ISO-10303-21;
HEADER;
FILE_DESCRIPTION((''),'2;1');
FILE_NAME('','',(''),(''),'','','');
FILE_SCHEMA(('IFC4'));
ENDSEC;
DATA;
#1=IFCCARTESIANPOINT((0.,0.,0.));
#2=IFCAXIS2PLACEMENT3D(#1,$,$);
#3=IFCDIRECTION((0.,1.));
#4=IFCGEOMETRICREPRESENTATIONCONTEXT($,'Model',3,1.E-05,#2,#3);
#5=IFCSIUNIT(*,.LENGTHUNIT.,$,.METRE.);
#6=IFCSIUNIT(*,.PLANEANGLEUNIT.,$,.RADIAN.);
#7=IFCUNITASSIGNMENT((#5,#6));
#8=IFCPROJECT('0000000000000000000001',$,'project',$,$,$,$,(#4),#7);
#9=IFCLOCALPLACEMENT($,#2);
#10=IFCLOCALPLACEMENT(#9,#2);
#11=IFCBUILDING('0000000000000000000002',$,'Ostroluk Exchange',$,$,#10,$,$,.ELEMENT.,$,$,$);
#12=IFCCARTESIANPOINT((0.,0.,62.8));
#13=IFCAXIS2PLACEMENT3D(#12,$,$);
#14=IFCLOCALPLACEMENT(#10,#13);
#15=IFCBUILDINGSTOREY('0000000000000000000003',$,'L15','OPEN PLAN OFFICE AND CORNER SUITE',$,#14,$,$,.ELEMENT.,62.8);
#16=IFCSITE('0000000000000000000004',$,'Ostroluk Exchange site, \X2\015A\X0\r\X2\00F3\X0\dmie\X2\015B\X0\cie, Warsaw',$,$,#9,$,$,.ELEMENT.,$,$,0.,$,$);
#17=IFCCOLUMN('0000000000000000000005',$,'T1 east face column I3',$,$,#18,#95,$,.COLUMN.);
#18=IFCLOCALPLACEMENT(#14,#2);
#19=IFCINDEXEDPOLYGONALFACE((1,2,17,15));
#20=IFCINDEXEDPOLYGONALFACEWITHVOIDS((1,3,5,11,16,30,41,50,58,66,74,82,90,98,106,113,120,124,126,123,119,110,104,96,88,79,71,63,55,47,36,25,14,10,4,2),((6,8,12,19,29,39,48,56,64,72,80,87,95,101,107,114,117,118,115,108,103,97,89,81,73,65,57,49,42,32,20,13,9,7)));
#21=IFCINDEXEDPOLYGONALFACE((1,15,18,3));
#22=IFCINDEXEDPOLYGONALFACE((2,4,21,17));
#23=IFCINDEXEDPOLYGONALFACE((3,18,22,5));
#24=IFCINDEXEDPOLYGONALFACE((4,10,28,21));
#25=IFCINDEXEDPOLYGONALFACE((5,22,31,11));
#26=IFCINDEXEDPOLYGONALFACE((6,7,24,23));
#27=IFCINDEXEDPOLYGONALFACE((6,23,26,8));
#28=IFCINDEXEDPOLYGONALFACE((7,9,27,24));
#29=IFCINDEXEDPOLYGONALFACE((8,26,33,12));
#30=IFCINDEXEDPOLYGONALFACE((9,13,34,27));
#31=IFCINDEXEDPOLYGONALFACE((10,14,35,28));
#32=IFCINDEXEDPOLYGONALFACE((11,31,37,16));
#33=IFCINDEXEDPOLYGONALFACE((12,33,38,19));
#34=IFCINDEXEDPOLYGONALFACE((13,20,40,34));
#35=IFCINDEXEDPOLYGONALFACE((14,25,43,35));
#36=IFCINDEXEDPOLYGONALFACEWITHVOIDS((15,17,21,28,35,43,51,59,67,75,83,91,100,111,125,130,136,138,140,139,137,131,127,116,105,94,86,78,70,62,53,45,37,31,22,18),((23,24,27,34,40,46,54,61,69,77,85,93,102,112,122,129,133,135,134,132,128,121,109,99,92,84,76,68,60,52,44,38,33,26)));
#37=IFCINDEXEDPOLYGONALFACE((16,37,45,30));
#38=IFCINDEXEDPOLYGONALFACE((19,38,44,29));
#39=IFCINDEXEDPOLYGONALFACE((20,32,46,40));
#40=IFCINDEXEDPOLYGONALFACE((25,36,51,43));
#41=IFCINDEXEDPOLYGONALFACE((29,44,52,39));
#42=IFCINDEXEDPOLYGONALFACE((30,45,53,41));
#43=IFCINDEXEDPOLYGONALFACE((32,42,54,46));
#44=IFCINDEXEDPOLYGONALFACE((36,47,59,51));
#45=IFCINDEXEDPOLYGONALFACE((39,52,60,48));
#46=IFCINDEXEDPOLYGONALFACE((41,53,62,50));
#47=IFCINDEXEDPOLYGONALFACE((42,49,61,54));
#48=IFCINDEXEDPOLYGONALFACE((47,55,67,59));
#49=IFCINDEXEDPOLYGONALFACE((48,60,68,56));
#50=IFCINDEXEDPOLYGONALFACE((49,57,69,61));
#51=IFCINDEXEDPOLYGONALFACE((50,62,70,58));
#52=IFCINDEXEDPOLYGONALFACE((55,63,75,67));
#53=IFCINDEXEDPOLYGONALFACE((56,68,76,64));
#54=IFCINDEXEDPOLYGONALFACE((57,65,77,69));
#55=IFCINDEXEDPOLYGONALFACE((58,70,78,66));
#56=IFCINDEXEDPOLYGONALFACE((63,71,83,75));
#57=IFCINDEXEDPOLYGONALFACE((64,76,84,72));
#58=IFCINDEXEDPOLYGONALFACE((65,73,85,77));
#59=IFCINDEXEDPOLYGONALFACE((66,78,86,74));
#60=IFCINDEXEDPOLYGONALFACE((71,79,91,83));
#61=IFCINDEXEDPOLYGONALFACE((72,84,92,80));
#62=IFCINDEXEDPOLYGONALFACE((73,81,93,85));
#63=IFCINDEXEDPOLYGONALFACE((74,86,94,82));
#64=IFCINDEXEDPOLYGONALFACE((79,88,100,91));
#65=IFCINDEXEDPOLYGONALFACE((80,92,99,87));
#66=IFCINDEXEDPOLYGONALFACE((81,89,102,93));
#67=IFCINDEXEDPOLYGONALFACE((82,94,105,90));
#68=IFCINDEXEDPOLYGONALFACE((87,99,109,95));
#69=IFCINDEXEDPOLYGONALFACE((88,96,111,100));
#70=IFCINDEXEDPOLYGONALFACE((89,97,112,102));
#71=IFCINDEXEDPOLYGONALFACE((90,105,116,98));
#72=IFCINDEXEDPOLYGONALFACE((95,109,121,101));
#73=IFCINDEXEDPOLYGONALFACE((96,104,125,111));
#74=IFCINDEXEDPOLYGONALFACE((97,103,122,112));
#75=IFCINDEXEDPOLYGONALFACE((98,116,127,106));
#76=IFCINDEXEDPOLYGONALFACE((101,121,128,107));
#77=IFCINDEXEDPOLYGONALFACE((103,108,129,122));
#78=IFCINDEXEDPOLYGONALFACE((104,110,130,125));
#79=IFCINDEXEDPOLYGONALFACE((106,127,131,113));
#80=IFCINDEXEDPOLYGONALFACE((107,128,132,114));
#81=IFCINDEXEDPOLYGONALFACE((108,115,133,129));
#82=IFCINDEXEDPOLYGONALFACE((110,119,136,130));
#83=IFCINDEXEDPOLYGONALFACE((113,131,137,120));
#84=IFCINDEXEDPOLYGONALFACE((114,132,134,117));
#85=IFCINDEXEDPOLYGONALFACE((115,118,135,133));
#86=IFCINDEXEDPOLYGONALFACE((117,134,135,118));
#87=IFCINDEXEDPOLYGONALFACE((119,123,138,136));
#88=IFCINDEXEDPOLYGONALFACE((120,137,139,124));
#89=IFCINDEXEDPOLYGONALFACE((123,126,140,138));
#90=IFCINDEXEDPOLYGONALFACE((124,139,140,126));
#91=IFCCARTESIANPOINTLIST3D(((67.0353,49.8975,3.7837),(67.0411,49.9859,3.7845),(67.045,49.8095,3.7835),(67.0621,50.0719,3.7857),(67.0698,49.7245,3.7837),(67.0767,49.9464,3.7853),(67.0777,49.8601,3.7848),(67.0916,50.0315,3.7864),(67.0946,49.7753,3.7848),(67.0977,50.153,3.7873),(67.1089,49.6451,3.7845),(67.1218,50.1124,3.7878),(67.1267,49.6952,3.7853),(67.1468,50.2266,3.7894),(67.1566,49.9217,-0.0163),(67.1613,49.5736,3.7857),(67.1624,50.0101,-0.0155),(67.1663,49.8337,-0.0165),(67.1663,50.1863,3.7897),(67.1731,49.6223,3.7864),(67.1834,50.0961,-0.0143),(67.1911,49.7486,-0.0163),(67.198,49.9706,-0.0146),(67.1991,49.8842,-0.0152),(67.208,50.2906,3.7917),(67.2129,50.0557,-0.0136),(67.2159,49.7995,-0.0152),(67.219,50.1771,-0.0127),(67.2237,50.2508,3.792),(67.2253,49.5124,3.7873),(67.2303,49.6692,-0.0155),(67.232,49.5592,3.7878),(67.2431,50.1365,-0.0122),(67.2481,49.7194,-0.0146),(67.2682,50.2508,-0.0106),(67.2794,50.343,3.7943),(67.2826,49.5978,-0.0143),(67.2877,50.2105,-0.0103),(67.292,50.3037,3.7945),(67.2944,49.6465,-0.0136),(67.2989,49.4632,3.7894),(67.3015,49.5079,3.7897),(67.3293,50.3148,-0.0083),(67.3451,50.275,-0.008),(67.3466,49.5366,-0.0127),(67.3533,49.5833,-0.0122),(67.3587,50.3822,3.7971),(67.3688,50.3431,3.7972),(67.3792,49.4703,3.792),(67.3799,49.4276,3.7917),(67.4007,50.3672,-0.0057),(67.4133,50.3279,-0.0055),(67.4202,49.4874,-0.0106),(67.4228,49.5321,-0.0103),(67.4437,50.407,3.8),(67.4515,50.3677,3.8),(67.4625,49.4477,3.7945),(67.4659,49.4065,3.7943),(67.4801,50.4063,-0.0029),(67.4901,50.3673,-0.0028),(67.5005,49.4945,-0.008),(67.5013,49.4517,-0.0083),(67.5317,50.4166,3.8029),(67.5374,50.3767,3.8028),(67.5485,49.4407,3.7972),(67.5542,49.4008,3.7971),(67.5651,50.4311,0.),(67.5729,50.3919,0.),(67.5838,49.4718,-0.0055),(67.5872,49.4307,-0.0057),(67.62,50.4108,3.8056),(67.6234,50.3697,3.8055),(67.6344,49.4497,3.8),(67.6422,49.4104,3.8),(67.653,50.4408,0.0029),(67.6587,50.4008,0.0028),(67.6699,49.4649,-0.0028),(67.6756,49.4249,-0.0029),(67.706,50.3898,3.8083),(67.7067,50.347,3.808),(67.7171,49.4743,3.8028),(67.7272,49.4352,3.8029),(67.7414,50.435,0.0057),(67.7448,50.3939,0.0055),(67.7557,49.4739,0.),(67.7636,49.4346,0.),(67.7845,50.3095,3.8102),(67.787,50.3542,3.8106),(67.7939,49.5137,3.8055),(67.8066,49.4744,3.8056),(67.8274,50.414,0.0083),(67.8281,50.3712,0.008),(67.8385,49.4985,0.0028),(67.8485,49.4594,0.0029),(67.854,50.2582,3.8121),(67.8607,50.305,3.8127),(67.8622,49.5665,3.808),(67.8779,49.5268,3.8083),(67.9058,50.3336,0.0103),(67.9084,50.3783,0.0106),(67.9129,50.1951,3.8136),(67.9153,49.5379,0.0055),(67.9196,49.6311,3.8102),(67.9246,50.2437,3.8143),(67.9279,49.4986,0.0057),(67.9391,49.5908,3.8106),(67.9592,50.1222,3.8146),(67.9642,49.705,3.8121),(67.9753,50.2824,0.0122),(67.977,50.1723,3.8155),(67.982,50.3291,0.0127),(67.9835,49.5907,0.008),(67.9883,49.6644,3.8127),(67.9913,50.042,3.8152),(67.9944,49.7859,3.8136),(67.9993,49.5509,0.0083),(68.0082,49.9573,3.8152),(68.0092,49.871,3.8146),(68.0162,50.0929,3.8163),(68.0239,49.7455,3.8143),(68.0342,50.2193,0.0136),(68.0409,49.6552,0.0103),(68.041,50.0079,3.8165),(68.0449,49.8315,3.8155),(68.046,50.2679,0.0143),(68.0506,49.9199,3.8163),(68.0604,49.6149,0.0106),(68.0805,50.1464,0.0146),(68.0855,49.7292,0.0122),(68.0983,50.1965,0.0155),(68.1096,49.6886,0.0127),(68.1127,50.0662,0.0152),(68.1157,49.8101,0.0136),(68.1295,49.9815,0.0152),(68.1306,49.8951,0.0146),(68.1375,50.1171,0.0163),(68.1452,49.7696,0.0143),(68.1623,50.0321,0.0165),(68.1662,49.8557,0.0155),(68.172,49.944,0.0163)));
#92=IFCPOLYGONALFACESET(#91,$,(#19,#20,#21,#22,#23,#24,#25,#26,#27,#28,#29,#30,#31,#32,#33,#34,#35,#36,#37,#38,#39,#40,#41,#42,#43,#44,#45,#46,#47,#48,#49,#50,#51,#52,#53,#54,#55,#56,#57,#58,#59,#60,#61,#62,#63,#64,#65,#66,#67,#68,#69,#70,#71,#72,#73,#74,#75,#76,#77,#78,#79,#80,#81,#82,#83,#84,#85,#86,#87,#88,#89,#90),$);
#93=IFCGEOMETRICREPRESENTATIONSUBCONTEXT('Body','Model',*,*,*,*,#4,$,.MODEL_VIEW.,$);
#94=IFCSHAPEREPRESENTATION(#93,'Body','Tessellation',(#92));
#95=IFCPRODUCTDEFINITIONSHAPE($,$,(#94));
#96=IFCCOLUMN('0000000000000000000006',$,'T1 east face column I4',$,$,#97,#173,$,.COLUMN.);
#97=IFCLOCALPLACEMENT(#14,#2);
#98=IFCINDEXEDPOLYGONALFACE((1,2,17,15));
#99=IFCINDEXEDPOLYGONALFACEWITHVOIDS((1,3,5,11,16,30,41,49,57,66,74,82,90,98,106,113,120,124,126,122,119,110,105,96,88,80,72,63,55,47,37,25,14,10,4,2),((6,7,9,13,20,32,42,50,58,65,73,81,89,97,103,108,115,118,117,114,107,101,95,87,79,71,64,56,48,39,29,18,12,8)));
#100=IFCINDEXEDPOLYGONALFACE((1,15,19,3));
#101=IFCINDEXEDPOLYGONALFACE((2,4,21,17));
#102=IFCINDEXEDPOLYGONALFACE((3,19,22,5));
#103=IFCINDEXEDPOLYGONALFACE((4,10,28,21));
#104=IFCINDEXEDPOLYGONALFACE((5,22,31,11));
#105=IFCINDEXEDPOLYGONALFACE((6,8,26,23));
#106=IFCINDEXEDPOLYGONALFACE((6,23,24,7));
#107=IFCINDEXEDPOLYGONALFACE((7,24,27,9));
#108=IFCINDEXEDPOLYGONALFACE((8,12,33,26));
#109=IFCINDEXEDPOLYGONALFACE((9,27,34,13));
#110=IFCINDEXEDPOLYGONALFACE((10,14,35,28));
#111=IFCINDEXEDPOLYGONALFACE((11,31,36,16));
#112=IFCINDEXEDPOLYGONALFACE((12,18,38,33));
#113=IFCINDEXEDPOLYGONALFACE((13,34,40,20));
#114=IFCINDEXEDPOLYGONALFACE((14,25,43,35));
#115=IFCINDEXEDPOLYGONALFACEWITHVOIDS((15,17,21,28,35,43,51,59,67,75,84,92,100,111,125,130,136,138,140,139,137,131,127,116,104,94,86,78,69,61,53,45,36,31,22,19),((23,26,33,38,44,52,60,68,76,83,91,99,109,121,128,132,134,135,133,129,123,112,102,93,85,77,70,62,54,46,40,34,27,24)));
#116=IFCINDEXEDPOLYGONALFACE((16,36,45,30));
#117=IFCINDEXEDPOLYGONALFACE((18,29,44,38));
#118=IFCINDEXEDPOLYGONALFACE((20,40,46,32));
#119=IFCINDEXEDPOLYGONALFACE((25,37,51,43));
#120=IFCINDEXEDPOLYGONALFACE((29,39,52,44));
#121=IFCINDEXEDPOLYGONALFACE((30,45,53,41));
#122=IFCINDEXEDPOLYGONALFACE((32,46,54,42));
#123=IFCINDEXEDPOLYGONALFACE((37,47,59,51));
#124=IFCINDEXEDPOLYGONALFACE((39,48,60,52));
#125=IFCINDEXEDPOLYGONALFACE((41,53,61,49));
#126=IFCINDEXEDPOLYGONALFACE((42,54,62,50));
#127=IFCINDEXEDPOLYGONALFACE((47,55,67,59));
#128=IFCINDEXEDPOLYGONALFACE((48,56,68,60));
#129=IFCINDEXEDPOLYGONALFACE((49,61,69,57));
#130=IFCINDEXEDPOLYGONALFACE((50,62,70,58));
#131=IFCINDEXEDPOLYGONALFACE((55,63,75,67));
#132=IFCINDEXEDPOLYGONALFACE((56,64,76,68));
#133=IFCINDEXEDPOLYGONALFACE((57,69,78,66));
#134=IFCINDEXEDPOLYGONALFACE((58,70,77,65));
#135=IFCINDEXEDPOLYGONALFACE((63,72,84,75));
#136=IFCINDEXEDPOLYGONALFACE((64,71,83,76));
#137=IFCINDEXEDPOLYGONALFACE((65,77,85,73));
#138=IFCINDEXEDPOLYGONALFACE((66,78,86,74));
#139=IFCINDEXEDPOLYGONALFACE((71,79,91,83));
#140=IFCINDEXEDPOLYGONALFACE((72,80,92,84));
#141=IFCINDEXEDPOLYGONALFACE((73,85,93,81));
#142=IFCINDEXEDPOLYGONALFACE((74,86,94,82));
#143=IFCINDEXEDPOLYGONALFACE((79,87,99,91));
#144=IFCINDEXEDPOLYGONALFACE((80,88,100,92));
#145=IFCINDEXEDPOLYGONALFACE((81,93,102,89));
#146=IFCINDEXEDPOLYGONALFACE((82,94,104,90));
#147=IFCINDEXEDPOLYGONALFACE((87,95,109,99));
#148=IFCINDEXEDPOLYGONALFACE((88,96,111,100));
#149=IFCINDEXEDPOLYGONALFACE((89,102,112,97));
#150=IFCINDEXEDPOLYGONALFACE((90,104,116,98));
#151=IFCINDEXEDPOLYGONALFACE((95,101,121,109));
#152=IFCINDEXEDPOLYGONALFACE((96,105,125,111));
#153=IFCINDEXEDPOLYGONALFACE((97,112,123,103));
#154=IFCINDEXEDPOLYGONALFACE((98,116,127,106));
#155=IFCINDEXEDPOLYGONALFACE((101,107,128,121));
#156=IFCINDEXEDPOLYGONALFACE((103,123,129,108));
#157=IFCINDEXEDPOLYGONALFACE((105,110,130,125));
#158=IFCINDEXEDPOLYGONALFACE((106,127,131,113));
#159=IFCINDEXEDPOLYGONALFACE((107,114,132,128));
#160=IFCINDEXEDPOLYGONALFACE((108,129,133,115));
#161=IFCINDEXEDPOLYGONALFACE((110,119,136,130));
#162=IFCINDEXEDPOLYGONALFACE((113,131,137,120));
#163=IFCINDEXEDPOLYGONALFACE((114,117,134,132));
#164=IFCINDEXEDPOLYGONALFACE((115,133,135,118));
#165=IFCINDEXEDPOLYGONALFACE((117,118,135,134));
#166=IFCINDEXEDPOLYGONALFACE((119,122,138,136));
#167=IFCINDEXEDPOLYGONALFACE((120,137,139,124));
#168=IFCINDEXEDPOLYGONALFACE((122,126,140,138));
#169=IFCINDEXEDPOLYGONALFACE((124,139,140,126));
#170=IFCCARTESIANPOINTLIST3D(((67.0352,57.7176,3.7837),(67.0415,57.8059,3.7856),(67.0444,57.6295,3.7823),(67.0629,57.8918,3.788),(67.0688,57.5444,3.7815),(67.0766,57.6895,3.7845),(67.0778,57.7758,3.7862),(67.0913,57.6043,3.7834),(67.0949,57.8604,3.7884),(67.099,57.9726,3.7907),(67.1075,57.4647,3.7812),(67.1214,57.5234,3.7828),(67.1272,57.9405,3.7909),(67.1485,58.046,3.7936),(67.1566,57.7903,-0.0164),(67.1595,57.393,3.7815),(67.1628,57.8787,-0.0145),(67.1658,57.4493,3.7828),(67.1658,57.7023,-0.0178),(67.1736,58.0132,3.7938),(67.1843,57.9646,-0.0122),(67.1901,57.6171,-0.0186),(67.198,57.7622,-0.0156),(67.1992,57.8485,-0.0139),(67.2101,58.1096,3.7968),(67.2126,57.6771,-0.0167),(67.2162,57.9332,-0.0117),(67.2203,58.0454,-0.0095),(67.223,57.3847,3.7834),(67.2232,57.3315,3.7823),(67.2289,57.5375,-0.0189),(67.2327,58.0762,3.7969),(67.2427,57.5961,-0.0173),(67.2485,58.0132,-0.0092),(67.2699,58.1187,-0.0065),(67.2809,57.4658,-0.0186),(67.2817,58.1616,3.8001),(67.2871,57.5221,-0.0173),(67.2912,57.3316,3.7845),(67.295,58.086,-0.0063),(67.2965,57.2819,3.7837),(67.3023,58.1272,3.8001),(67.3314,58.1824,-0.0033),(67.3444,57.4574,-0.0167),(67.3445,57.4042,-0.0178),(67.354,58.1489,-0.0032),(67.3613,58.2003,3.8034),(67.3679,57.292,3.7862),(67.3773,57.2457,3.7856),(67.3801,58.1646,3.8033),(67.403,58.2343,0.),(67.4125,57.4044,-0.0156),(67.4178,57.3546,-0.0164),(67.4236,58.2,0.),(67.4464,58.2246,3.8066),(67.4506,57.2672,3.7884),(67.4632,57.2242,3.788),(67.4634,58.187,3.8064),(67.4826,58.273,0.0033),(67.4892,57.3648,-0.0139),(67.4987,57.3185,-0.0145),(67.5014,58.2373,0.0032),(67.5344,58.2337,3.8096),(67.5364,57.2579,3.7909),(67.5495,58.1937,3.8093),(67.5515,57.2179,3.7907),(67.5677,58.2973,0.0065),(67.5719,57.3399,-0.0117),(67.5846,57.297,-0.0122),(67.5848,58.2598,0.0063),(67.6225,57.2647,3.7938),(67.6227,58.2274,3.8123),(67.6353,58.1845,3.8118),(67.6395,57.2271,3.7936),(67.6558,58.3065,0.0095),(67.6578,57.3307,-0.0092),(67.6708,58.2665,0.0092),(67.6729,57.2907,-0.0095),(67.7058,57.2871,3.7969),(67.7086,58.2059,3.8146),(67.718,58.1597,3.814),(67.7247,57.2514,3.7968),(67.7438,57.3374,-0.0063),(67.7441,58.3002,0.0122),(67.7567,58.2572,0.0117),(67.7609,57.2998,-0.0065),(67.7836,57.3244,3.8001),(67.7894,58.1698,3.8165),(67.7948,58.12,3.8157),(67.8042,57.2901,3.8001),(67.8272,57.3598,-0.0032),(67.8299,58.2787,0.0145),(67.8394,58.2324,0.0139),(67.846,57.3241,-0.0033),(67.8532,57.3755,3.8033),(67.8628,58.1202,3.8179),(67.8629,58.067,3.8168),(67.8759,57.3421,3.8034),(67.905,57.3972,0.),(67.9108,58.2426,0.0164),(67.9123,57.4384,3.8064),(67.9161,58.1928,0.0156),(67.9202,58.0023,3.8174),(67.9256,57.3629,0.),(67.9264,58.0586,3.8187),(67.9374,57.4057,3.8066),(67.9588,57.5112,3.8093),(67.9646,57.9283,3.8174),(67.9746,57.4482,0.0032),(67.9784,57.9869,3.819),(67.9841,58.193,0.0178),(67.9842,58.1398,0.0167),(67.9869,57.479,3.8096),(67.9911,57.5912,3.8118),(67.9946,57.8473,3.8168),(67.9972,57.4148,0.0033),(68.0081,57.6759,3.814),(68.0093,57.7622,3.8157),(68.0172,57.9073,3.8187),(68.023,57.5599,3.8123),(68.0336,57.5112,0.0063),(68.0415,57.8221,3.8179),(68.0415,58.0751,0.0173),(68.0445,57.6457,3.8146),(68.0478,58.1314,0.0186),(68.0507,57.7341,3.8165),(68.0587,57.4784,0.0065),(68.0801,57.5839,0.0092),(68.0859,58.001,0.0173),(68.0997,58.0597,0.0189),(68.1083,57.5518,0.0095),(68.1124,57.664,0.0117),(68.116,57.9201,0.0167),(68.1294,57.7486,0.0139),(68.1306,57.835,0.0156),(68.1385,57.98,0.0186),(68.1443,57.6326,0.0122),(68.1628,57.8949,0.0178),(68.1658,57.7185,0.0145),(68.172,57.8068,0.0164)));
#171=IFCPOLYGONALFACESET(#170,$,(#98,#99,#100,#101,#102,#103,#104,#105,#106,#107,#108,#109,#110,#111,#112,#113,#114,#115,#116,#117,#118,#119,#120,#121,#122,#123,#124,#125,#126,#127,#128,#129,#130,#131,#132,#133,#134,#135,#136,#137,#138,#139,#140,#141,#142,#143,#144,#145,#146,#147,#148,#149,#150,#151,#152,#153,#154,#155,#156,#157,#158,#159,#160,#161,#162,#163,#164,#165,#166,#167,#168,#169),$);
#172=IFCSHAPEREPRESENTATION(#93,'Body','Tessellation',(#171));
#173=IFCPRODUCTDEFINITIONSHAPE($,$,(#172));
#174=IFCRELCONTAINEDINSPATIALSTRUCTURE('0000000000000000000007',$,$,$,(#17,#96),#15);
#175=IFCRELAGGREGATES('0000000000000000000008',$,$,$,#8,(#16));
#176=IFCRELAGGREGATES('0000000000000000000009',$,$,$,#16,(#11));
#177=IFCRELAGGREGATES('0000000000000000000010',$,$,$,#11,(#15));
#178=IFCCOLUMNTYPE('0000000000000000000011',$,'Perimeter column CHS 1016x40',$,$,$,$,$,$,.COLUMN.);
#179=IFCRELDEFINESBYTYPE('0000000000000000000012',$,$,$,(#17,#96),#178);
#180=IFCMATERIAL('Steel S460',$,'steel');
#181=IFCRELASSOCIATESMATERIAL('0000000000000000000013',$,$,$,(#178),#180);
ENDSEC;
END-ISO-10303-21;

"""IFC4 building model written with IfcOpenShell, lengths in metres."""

from ifc_helpers import new_model, si_unit, direction, frame, origin, origin_2d, place, context, subcontext, project, spatial, hollow_circle, extrude, material, material_profile, profile_set, type_object, element, save


model = new_model("IFC4")

# Units and contexts
model_context = context("Model", 3, precision=1e-05, world=origin(), true_north=direction((0.0, 1.0)))
body_context = subcontext(model_context, "Body", "Model", "MODEL_VIEW")
ifc_project = project(units=[si_unit("LENGTHUNIT", "METRE"), si_unit("PLANEANGLEUNIT", "RADIAN")], contexts=[model_context])

# Site, building, storey
site_placement = place(None, origin())
site = spatial("IfcSite", under=ifc_project, at=site_placement, Name="Ostroluk Exchange site, Śródmieście, Warsaw", CompositionType="ELEMENT", RefElevation=0.0)
building_placement = place(site_placement, origin())
building = spatial("IfcBuilding", under=site, at=building_placement, Name="Ostroluk Exchange", CompositionType="ELEMENT")
storey_placement = place(building_placement, frame((0.0, 0.0, 62.8)))
storey = spatial("IfcBuildingStorey", under=building, at=storey_placement, Name="L15", Description="OPEN PLAN OFFICE AND CORNER SUITE", CompositionType="ELEMENT", Elevation=62.8)

# Columns
ifc_material_1 = material(Name="Steel S460", Category="steel")
ifc_material_profile_1 = material_profile(ifc_material_1, hollow_circle(Radius=0.5081, WallThickness=0.04, at=origin_2d()), Name="CHS 1016x40")
ifc_profile_set_1 = profile_set([ifc_material_profile_1], Name="Steel S460")
column_type = type_object("IfcColumnType", Name="Perimeter column CHS 1016x40", PredefinedType="COLUMN", material=ifc_profile_set_1)
column_1_placement = place(storey_placement, frame((67.6643, 49.9329, 0.0), z_axis=(-0.031914, -0.006357, 0.99947), x_axis=(0.195357, -0.980732, 0.0)))
element("IfcColumn", 1, at=column_1_placement, inside=storey, type_object=column_type, Name="T1 east face column I3", PredefinedType="COLUMN", context=body_context, shape_type="SweptSolid", body=[
    extrude(hollow_circle(Radius=0.5081, WallThickness=0.04, at=origin_2d()), origin(), (0.0, 0.0, 1.0), 3.802),
])
column_2_placement = place(storey_placement, frame((67.6643, 57.7986, 0.0), z_axis=(-0.031909, -0.019132, 0.999308), x_axis=(0.514242, -0.857645, 0.0)))
element("IfcColumn", 2, at=column_2_placement, inside=storey, type_object=column_type, Name="T1 east face column I4", PredefinedType="COLUMN", context=body_context, shape_type="SweptSolid", body=[
    extrude(hollow_circle(Radius=0.5081, WallThickness=0.04, at=origin_2d()), origin(), (0.0, 0.0, 1.0), 3.8027),
])

save(model, "model.ifc")
